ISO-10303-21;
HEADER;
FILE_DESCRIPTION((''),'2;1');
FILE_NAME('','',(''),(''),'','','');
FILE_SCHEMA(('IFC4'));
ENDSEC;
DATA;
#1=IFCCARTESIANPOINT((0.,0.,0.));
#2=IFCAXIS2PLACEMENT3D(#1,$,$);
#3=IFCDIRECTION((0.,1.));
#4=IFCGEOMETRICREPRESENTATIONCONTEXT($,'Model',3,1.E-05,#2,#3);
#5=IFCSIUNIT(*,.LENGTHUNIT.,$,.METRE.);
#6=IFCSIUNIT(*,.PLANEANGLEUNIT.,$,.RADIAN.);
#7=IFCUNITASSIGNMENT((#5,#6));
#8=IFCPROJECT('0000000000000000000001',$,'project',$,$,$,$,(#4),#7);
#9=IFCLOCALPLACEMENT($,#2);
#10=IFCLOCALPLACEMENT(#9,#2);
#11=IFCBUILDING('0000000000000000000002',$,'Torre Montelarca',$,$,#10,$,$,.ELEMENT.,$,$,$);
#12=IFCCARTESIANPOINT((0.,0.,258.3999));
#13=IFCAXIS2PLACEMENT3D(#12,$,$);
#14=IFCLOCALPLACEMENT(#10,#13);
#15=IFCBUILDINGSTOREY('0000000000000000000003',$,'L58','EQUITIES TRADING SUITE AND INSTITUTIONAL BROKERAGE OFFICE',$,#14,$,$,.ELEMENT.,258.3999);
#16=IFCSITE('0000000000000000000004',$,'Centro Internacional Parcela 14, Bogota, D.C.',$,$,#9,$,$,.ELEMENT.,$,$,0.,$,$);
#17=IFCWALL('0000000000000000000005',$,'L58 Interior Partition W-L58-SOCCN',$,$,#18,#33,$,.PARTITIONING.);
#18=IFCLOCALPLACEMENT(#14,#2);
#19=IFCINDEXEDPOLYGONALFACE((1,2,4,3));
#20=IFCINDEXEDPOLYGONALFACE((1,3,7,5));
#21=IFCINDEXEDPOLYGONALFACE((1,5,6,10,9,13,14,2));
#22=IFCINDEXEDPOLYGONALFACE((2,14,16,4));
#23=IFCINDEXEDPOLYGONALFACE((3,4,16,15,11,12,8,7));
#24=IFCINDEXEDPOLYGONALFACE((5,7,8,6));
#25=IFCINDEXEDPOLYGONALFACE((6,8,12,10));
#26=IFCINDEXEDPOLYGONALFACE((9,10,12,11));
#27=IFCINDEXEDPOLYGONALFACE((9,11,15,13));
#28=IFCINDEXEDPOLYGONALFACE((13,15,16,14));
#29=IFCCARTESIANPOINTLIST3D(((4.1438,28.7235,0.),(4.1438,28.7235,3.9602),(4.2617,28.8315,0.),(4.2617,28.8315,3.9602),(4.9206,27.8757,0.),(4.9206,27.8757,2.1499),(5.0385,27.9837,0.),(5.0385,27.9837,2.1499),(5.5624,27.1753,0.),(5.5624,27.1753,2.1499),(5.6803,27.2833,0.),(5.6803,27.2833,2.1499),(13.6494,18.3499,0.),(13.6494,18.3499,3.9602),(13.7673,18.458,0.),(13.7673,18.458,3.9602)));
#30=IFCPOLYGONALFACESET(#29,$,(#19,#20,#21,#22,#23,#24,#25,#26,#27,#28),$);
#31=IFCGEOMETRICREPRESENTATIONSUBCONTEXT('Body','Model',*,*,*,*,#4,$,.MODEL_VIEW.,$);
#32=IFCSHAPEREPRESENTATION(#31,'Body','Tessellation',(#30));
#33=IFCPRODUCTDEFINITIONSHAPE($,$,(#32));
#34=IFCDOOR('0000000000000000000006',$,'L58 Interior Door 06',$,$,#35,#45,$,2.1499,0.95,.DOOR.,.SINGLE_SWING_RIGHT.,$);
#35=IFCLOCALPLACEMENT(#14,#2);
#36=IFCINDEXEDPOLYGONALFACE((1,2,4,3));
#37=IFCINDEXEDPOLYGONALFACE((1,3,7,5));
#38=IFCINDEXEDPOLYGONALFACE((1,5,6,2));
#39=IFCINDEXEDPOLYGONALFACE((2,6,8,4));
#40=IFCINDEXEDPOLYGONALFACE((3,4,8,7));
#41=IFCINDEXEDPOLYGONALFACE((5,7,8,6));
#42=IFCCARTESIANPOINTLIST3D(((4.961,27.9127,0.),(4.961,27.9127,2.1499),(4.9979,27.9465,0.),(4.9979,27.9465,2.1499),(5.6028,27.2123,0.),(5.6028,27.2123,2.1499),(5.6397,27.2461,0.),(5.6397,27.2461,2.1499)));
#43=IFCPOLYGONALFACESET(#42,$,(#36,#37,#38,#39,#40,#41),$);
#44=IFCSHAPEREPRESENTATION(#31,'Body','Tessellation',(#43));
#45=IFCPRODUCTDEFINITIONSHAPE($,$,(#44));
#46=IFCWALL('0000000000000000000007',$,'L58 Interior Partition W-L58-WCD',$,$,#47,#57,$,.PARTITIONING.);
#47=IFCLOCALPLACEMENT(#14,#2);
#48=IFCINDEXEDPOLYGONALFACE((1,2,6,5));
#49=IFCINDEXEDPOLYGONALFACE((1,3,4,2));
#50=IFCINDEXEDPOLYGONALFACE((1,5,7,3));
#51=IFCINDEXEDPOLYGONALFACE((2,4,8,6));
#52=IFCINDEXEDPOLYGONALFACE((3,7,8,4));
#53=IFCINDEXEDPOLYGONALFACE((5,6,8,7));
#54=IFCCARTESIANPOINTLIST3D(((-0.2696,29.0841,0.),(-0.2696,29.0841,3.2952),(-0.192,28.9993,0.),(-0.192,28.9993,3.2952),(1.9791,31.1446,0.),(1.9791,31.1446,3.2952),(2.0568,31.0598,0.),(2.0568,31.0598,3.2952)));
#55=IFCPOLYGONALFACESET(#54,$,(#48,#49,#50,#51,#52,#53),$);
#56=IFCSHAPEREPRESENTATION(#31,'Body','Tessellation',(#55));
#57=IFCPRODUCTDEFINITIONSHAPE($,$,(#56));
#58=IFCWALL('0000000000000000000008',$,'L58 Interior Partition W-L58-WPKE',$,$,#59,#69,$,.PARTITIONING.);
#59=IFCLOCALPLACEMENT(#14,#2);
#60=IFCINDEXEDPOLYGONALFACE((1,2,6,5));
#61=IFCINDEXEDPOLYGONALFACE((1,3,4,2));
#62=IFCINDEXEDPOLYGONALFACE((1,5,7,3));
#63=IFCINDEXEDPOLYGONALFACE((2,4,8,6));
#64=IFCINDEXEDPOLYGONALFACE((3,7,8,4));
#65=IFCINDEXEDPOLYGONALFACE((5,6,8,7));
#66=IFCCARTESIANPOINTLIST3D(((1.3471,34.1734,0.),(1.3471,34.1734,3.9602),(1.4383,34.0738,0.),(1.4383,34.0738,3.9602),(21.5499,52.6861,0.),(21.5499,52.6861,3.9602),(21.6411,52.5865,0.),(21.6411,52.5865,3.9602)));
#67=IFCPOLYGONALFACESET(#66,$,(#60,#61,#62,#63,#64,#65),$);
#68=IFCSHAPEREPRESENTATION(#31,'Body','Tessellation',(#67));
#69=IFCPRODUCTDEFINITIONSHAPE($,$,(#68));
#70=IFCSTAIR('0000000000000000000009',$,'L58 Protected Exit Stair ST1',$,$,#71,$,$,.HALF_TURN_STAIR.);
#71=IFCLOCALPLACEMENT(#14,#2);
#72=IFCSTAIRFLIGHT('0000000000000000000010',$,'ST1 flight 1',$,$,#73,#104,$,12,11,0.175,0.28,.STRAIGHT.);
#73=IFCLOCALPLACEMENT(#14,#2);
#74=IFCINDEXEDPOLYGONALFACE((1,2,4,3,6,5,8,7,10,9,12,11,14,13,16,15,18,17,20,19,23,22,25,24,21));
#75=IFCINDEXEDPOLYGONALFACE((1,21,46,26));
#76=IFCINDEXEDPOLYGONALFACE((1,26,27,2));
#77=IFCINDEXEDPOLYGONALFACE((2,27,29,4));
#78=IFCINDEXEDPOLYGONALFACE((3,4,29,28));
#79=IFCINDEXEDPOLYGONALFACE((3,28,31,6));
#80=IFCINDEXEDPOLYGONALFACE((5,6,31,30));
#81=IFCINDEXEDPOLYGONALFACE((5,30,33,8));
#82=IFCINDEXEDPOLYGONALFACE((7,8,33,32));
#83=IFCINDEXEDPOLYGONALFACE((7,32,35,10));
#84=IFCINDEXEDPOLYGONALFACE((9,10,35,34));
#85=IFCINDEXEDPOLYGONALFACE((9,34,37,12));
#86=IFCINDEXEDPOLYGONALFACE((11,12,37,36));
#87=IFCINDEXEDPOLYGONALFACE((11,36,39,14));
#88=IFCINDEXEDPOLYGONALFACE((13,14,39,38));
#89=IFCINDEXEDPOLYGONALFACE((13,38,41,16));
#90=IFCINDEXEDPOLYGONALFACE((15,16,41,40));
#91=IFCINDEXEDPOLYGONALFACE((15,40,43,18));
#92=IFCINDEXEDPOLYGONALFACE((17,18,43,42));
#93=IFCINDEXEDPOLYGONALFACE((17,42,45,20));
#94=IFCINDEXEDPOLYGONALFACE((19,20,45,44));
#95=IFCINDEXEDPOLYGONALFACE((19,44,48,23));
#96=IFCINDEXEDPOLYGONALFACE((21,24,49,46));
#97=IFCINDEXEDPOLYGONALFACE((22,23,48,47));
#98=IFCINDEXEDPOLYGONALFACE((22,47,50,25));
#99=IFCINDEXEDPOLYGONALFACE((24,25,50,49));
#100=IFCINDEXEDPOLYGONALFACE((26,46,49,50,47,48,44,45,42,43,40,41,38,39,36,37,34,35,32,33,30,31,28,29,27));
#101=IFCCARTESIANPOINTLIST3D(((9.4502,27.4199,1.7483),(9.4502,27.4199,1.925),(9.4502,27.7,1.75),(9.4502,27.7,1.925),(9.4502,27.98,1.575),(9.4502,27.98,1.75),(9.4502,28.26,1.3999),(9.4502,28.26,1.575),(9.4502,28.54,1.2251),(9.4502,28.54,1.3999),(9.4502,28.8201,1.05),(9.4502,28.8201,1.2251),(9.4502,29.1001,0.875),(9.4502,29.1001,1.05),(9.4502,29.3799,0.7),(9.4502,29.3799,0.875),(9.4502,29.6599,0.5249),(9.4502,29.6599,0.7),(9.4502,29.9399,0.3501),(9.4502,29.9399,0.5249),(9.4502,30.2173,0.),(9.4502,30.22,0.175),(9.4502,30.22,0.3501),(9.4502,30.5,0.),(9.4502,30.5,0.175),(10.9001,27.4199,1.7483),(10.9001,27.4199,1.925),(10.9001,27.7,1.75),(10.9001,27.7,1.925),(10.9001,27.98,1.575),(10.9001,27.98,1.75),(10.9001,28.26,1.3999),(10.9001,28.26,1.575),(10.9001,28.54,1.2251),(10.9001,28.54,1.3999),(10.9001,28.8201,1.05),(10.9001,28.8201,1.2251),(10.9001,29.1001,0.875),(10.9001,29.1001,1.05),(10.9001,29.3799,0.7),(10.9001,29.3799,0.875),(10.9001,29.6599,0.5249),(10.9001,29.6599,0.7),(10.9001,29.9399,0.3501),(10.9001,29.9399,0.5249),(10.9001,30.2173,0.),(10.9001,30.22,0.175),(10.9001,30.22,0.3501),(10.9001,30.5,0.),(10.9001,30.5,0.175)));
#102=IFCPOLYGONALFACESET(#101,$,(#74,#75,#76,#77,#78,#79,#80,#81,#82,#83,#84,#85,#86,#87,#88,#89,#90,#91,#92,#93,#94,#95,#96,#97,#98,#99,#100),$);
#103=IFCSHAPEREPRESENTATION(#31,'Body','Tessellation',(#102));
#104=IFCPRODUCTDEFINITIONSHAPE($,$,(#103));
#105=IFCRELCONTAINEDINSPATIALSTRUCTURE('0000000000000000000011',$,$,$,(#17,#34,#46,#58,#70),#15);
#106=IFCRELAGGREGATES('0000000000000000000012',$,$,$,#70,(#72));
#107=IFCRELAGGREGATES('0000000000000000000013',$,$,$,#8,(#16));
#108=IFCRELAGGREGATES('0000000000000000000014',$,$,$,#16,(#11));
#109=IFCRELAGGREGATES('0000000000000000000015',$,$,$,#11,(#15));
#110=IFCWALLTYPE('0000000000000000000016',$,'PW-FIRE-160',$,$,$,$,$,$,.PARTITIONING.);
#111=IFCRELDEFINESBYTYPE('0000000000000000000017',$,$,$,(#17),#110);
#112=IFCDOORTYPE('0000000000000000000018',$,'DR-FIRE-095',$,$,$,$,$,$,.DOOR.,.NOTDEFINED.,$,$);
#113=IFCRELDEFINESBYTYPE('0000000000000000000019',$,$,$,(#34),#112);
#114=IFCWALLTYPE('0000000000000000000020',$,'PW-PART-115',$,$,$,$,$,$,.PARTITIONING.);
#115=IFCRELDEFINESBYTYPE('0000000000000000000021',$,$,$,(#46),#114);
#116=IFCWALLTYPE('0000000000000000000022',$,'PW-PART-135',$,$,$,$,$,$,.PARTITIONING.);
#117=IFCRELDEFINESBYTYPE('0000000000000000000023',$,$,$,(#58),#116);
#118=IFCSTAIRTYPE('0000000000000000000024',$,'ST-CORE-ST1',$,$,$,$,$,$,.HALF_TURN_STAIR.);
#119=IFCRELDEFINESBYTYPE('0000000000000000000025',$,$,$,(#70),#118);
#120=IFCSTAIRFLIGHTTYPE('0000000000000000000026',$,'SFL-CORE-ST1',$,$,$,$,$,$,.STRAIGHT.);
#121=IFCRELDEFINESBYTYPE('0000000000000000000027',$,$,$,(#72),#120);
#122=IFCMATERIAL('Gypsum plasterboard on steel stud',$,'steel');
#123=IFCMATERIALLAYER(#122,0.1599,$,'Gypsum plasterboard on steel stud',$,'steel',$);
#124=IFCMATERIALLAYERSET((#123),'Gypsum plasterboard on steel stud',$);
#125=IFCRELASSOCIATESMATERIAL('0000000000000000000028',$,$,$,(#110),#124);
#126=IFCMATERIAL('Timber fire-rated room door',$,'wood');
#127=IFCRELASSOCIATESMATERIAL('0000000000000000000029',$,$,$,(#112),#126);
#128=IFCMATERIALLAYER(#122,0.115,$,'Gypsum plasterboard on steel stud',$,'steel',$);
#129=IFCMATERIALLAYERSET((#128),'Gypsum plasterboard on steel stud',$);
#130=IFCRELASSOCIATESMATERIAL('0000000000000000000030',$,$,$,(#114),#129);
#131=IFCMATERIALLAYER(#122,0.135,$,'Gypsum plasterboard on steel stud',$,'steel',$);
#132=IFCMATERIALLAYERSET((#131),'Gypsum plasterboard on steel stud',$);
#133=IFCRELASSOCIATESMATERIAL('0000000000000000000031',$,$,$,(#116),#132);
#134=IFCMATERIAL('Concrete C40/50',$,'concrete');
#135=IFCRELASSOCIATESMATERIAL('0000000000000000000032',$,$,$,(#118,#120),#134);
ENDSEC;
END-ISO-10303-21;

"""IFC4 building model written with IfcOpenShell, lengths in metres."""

from ifc_helpers import new_model, si_unit, direction, frame, frame_2d, origin, place, context, subcontext, project, spatial, polyline, rectangle, outline, extrude, source, transform, mapped, material, layer, layer_set, type_object, element, fill, aggregate, save


model = new_model("IFC4")

# Units and contexts
model_context = context("Model", 3, precision=1e-05, world=origin(), true_north=direction((0.0, 1.0)))
body_context = subcontext(model_context, "Body", "Model", "MODEL_VIEW")
ifc_project = project(units=[si_unit("LENGTHUNIT", "METRE"), si_unit("PLANEANGLEUNIT", "RADIAN")], contexts=[model_context])

# Site, building, storey
site_placement = place(None, origin())
site = spatial("IfcSite", under=ifc_project, at=site_placement, Name="Centro Internacional Parcela 14, Bogota, D.C.", CompositionType="ELEMENT", RefElevation=0.0)
building_placement = place(site_placement, origin())
building = spatial("IfcBuilding", under=site, at=building_placement, Name="Torre Montelarca", CompositionType="ELEMENT")
storey_placement = place(building_placement, frame((0.0, 0.0, 258.3999)))
storey = spatial("IfcBuildingStorey", under=building, at=storey_placement, Name="L58", Description="EQUITIES TRADING SUITE AND INSTITUTIONAL BROKERAGE OFFICE", CompositionType="ELEMENT", Elevation=258.3999)

# Shared definitions
ifc_material_1 = material(Name="Concrete C40/50", Category="concrete")

# Wall, opening, door
ifc_material_2 = material(Name="Gypsum plasterboard on steel stud", Category="steel")
ifc_layer_1 = layer(ifc_material_2, 0.1599, Name="Gypsum plasterboard on steel stud", Category="steel")
ifc_layer_set_1 = layer_set([ifc_layer_1], Name="Gypsum plasterboard on steel stud")
wall_type_1 = type_object("IfcWallType", Name="PW-FIRE-160", PredefinedType="PARTITIONING", material=ifc_layer_set_1)
wall_1_placement = place(storey_placement, frame((4.2026, 28.7776, 0.0), z_axis=(0.0, 0.0, 1.0), x_axis=(0.675591, -0.737277, 0.0)))
wall_1 = element("IfcWall", 1, at=wall_1_placement, inside=storey, type_object=wall_type_1, Name="L58 Interior Partition W-L58-SOCCN", PredefinedType="PARTITIONING", context=body_context, shape_type="SweptSolid", body=[
    extrude(rectangle(XDim=14.0701, YDim=0.1599, at=frame_2d((7.0352, 0.0))), origin(), (0.0, 0.0, 1.0), 3.9602),
])
opening_1_placement = place(wall_1_placement, frame((1.1499, 0.0, 0.0)))
opening_1 = element("IfcOpeningElement", 2, at=opening_1_placement, cuts=wall_1, PredefinedType="OPENING", context=body_context, shape_type="SweptSolid", body=[
    extrude(rectangle(XDim=0.95, YDim=2.1499, at=frame_2d((0.4751, 1.075))), frame((0.0, 0.0898, 0.0), z_axis=(0.0, -1.0, 0.0), x_axis=(1.0, 0.0, 0.0)), (0.0, 0.0, 1.0), 0.1799),
])
ifc_material_3 = material(Name="Timber fire-rated room door", Category="wood")
door_type_1 = type_object("IfcDoorType", Name="DR-FIRE-095", OperationType="NOTDEFINED", PredefinedType="DOOR", material=ifc_material_3)
shared_shape_1 = source(origin(), body_context, "Body", "SweptSolid", [
    extrude(rectangle(XDim=0.95, YDim=2.1499, at=frame_2d((0.4751, 1.075))), frame((0.0, 0.0249, 0.0), z_axis=(0.0, -1.0, 0.0), x_axis=(1.0, 0.0, 0.0)), (0.0, 0.0, 1.0), 0.05),
])
door_1_placement = place(opening_1_placement, origin())
door_1 = element("IfcDoor", 3, at=door_1_placement, inside=storey, type_object=door_type_1, Name="L58 Interior Door 06", OperationType="SINGLE_SWING_RIGHT", OverallHeight=2.1499, OverallWidth=0.95, PredefinedType="DOOR", context=body_context, shape_type="MappedRepresentation", body=[
    mapped(shared_shape_1, transform((0.0, 0.0, 0.0), scale=1.0)),
])
fill(opening_1, door_1)

# Walls
ifc_layer_2 = layer(ifc_material_2, 0.115, Name="Gypsum plasterboard on steel stud", Category="steel")
ifc_layer_set_2 = layer_set([ifc_layer_2], Name="Gypsum plasterboard on steel stud")
wall_type_2 = type_object("IfcWallType", Name="PW-PART-115", PredefinedType="PARTITIONING", material=ifc_layer_set_2)
wall_2_placement = place(storey_placement, frame((-0.2307, 29.0417, 0.0), z_axis=(0.0, 0.0, 1.0), x_axis=(0.73729, 0.675576, 0.0)))
element("IfcWall", 4, at=wall_2_placement, inside=storey, type_object=wall_type_2, Name="L58 Interior Partition W-L58-WCD", PredefinedType="PARTITIONING", context=body_context, shape_type="SweptSolid", body=[
    extrude(rectangle(XDim=3.05, YDim=0.115, at=frame_2d((1.5249, 0.0))), origin(), (0.0, 0.0, 1.0), 3.2952),
])
ifc_layer_3 = layer(ifc_material_2, 0.135, Name="Gypsum plasterboard on steel stud", Category="steel")
ifc_layer_set_3 = layer_set([ifc_layer_3], Name="Gypsum plasterboard on steel stud")
wall_type_3 = type_object("IfcWallType", Name="PW-PART-135", PredefinedType="PARTITIONING", material=ifc_layer_set_3)
wall_3_placement = place(storey_placement, frame((1.3926, 34.1235, 0.0), z_axis=(0.0, 0.0, 1.0), x_axis=(0.737274, 0.675593, 0.0)))
element("IfcWall", 5, at=wall_3_placement, inside=storey, type_object=wall_type_3, Name="L58 Interior Partition W-L58-WPKE", PredefinedType="PARTITIONING", context=body_context, shape_type="SweptSolid", body=[
    extrude(rectangle(XDim=27.4021, YDim=0.135, at=frame_2d((13.7012, 0.0))), origin(), (0.0, 0.0, 1.0), 3.9602),
])

# Stair, stair flight
stair_type = type_object("IfcStairType", Name="ST-CORE-ST1", PredefinedType="HALF_TURN_STAIR", material=ifc_material_1)
stair_placement = place(storey_placement, origin())
stair = element("IfcStair", 6, at=stair_placement, inside=storey, type_object=stair_type, Name="L58 Protected Exit Stair ST1", PredefinedType="HALF_TURN_STAIR")
stair_flight_type = type_object("IfcStairFlightType", Name="SFL-CORE-ST1", PredefinedType="STRAIGHT", material=ifc_material_1)
stair_flight_placement = place(storey_placement, frame((10.175, 30.5, 0.0), z_axis=(0.0, 0.0, 1.0), x_axis=(0.0, -1.0, 0.0)))
stair_flight = element("IfcStairFlight", 7, at=stair_flight_placement, type_object=stair_flight_type, Name="ST1 flight 1", NumberOfRisers=12, NumberOfTreads=11, PredefinedType="STRAIGHT", RiserHeight=0.175, TreadLength=0.28, context=body_context, shape_type="SweptSolid", body=[
    extrude(outline(polyline([(0.0, 0.0), (0.0, 0.175), (0.28, 0.175), (0.28, 0.3501), (0.5601, 0.3501), (0.5601, 0.5249), (0.8401, 0.5249), (0.8401, 0.7), (1.1201, 0.7), (1.1201, 0.875), (1.3999, 0.875), (1.3999, 1.05), (1.6799, 1.05), (1.6799, 1.2251), (1.96, 1.2251), (1.96, 1.3999), (2.24, 1.3999), (2.24, 1.575), (2.52, 1.575), (2.52, 1.75), (2.8, 1.75), (2.8, 1.925), (3.0801, 1.925), (3.0801, 2.1001), (3.0801, 1.7483), (0.2827, 0.0), (0.0, 0.0)])), frame((0.0, 0.7251, 0.0), z_axis=(0.0, -1.0, 0.0), x_axis=(1.0, 0.0, 0.0)), (0.0, 0.0, 1.0), 1.45),
])
aggregate(stair, [stair_flight])

save(model, "model.ifc")
